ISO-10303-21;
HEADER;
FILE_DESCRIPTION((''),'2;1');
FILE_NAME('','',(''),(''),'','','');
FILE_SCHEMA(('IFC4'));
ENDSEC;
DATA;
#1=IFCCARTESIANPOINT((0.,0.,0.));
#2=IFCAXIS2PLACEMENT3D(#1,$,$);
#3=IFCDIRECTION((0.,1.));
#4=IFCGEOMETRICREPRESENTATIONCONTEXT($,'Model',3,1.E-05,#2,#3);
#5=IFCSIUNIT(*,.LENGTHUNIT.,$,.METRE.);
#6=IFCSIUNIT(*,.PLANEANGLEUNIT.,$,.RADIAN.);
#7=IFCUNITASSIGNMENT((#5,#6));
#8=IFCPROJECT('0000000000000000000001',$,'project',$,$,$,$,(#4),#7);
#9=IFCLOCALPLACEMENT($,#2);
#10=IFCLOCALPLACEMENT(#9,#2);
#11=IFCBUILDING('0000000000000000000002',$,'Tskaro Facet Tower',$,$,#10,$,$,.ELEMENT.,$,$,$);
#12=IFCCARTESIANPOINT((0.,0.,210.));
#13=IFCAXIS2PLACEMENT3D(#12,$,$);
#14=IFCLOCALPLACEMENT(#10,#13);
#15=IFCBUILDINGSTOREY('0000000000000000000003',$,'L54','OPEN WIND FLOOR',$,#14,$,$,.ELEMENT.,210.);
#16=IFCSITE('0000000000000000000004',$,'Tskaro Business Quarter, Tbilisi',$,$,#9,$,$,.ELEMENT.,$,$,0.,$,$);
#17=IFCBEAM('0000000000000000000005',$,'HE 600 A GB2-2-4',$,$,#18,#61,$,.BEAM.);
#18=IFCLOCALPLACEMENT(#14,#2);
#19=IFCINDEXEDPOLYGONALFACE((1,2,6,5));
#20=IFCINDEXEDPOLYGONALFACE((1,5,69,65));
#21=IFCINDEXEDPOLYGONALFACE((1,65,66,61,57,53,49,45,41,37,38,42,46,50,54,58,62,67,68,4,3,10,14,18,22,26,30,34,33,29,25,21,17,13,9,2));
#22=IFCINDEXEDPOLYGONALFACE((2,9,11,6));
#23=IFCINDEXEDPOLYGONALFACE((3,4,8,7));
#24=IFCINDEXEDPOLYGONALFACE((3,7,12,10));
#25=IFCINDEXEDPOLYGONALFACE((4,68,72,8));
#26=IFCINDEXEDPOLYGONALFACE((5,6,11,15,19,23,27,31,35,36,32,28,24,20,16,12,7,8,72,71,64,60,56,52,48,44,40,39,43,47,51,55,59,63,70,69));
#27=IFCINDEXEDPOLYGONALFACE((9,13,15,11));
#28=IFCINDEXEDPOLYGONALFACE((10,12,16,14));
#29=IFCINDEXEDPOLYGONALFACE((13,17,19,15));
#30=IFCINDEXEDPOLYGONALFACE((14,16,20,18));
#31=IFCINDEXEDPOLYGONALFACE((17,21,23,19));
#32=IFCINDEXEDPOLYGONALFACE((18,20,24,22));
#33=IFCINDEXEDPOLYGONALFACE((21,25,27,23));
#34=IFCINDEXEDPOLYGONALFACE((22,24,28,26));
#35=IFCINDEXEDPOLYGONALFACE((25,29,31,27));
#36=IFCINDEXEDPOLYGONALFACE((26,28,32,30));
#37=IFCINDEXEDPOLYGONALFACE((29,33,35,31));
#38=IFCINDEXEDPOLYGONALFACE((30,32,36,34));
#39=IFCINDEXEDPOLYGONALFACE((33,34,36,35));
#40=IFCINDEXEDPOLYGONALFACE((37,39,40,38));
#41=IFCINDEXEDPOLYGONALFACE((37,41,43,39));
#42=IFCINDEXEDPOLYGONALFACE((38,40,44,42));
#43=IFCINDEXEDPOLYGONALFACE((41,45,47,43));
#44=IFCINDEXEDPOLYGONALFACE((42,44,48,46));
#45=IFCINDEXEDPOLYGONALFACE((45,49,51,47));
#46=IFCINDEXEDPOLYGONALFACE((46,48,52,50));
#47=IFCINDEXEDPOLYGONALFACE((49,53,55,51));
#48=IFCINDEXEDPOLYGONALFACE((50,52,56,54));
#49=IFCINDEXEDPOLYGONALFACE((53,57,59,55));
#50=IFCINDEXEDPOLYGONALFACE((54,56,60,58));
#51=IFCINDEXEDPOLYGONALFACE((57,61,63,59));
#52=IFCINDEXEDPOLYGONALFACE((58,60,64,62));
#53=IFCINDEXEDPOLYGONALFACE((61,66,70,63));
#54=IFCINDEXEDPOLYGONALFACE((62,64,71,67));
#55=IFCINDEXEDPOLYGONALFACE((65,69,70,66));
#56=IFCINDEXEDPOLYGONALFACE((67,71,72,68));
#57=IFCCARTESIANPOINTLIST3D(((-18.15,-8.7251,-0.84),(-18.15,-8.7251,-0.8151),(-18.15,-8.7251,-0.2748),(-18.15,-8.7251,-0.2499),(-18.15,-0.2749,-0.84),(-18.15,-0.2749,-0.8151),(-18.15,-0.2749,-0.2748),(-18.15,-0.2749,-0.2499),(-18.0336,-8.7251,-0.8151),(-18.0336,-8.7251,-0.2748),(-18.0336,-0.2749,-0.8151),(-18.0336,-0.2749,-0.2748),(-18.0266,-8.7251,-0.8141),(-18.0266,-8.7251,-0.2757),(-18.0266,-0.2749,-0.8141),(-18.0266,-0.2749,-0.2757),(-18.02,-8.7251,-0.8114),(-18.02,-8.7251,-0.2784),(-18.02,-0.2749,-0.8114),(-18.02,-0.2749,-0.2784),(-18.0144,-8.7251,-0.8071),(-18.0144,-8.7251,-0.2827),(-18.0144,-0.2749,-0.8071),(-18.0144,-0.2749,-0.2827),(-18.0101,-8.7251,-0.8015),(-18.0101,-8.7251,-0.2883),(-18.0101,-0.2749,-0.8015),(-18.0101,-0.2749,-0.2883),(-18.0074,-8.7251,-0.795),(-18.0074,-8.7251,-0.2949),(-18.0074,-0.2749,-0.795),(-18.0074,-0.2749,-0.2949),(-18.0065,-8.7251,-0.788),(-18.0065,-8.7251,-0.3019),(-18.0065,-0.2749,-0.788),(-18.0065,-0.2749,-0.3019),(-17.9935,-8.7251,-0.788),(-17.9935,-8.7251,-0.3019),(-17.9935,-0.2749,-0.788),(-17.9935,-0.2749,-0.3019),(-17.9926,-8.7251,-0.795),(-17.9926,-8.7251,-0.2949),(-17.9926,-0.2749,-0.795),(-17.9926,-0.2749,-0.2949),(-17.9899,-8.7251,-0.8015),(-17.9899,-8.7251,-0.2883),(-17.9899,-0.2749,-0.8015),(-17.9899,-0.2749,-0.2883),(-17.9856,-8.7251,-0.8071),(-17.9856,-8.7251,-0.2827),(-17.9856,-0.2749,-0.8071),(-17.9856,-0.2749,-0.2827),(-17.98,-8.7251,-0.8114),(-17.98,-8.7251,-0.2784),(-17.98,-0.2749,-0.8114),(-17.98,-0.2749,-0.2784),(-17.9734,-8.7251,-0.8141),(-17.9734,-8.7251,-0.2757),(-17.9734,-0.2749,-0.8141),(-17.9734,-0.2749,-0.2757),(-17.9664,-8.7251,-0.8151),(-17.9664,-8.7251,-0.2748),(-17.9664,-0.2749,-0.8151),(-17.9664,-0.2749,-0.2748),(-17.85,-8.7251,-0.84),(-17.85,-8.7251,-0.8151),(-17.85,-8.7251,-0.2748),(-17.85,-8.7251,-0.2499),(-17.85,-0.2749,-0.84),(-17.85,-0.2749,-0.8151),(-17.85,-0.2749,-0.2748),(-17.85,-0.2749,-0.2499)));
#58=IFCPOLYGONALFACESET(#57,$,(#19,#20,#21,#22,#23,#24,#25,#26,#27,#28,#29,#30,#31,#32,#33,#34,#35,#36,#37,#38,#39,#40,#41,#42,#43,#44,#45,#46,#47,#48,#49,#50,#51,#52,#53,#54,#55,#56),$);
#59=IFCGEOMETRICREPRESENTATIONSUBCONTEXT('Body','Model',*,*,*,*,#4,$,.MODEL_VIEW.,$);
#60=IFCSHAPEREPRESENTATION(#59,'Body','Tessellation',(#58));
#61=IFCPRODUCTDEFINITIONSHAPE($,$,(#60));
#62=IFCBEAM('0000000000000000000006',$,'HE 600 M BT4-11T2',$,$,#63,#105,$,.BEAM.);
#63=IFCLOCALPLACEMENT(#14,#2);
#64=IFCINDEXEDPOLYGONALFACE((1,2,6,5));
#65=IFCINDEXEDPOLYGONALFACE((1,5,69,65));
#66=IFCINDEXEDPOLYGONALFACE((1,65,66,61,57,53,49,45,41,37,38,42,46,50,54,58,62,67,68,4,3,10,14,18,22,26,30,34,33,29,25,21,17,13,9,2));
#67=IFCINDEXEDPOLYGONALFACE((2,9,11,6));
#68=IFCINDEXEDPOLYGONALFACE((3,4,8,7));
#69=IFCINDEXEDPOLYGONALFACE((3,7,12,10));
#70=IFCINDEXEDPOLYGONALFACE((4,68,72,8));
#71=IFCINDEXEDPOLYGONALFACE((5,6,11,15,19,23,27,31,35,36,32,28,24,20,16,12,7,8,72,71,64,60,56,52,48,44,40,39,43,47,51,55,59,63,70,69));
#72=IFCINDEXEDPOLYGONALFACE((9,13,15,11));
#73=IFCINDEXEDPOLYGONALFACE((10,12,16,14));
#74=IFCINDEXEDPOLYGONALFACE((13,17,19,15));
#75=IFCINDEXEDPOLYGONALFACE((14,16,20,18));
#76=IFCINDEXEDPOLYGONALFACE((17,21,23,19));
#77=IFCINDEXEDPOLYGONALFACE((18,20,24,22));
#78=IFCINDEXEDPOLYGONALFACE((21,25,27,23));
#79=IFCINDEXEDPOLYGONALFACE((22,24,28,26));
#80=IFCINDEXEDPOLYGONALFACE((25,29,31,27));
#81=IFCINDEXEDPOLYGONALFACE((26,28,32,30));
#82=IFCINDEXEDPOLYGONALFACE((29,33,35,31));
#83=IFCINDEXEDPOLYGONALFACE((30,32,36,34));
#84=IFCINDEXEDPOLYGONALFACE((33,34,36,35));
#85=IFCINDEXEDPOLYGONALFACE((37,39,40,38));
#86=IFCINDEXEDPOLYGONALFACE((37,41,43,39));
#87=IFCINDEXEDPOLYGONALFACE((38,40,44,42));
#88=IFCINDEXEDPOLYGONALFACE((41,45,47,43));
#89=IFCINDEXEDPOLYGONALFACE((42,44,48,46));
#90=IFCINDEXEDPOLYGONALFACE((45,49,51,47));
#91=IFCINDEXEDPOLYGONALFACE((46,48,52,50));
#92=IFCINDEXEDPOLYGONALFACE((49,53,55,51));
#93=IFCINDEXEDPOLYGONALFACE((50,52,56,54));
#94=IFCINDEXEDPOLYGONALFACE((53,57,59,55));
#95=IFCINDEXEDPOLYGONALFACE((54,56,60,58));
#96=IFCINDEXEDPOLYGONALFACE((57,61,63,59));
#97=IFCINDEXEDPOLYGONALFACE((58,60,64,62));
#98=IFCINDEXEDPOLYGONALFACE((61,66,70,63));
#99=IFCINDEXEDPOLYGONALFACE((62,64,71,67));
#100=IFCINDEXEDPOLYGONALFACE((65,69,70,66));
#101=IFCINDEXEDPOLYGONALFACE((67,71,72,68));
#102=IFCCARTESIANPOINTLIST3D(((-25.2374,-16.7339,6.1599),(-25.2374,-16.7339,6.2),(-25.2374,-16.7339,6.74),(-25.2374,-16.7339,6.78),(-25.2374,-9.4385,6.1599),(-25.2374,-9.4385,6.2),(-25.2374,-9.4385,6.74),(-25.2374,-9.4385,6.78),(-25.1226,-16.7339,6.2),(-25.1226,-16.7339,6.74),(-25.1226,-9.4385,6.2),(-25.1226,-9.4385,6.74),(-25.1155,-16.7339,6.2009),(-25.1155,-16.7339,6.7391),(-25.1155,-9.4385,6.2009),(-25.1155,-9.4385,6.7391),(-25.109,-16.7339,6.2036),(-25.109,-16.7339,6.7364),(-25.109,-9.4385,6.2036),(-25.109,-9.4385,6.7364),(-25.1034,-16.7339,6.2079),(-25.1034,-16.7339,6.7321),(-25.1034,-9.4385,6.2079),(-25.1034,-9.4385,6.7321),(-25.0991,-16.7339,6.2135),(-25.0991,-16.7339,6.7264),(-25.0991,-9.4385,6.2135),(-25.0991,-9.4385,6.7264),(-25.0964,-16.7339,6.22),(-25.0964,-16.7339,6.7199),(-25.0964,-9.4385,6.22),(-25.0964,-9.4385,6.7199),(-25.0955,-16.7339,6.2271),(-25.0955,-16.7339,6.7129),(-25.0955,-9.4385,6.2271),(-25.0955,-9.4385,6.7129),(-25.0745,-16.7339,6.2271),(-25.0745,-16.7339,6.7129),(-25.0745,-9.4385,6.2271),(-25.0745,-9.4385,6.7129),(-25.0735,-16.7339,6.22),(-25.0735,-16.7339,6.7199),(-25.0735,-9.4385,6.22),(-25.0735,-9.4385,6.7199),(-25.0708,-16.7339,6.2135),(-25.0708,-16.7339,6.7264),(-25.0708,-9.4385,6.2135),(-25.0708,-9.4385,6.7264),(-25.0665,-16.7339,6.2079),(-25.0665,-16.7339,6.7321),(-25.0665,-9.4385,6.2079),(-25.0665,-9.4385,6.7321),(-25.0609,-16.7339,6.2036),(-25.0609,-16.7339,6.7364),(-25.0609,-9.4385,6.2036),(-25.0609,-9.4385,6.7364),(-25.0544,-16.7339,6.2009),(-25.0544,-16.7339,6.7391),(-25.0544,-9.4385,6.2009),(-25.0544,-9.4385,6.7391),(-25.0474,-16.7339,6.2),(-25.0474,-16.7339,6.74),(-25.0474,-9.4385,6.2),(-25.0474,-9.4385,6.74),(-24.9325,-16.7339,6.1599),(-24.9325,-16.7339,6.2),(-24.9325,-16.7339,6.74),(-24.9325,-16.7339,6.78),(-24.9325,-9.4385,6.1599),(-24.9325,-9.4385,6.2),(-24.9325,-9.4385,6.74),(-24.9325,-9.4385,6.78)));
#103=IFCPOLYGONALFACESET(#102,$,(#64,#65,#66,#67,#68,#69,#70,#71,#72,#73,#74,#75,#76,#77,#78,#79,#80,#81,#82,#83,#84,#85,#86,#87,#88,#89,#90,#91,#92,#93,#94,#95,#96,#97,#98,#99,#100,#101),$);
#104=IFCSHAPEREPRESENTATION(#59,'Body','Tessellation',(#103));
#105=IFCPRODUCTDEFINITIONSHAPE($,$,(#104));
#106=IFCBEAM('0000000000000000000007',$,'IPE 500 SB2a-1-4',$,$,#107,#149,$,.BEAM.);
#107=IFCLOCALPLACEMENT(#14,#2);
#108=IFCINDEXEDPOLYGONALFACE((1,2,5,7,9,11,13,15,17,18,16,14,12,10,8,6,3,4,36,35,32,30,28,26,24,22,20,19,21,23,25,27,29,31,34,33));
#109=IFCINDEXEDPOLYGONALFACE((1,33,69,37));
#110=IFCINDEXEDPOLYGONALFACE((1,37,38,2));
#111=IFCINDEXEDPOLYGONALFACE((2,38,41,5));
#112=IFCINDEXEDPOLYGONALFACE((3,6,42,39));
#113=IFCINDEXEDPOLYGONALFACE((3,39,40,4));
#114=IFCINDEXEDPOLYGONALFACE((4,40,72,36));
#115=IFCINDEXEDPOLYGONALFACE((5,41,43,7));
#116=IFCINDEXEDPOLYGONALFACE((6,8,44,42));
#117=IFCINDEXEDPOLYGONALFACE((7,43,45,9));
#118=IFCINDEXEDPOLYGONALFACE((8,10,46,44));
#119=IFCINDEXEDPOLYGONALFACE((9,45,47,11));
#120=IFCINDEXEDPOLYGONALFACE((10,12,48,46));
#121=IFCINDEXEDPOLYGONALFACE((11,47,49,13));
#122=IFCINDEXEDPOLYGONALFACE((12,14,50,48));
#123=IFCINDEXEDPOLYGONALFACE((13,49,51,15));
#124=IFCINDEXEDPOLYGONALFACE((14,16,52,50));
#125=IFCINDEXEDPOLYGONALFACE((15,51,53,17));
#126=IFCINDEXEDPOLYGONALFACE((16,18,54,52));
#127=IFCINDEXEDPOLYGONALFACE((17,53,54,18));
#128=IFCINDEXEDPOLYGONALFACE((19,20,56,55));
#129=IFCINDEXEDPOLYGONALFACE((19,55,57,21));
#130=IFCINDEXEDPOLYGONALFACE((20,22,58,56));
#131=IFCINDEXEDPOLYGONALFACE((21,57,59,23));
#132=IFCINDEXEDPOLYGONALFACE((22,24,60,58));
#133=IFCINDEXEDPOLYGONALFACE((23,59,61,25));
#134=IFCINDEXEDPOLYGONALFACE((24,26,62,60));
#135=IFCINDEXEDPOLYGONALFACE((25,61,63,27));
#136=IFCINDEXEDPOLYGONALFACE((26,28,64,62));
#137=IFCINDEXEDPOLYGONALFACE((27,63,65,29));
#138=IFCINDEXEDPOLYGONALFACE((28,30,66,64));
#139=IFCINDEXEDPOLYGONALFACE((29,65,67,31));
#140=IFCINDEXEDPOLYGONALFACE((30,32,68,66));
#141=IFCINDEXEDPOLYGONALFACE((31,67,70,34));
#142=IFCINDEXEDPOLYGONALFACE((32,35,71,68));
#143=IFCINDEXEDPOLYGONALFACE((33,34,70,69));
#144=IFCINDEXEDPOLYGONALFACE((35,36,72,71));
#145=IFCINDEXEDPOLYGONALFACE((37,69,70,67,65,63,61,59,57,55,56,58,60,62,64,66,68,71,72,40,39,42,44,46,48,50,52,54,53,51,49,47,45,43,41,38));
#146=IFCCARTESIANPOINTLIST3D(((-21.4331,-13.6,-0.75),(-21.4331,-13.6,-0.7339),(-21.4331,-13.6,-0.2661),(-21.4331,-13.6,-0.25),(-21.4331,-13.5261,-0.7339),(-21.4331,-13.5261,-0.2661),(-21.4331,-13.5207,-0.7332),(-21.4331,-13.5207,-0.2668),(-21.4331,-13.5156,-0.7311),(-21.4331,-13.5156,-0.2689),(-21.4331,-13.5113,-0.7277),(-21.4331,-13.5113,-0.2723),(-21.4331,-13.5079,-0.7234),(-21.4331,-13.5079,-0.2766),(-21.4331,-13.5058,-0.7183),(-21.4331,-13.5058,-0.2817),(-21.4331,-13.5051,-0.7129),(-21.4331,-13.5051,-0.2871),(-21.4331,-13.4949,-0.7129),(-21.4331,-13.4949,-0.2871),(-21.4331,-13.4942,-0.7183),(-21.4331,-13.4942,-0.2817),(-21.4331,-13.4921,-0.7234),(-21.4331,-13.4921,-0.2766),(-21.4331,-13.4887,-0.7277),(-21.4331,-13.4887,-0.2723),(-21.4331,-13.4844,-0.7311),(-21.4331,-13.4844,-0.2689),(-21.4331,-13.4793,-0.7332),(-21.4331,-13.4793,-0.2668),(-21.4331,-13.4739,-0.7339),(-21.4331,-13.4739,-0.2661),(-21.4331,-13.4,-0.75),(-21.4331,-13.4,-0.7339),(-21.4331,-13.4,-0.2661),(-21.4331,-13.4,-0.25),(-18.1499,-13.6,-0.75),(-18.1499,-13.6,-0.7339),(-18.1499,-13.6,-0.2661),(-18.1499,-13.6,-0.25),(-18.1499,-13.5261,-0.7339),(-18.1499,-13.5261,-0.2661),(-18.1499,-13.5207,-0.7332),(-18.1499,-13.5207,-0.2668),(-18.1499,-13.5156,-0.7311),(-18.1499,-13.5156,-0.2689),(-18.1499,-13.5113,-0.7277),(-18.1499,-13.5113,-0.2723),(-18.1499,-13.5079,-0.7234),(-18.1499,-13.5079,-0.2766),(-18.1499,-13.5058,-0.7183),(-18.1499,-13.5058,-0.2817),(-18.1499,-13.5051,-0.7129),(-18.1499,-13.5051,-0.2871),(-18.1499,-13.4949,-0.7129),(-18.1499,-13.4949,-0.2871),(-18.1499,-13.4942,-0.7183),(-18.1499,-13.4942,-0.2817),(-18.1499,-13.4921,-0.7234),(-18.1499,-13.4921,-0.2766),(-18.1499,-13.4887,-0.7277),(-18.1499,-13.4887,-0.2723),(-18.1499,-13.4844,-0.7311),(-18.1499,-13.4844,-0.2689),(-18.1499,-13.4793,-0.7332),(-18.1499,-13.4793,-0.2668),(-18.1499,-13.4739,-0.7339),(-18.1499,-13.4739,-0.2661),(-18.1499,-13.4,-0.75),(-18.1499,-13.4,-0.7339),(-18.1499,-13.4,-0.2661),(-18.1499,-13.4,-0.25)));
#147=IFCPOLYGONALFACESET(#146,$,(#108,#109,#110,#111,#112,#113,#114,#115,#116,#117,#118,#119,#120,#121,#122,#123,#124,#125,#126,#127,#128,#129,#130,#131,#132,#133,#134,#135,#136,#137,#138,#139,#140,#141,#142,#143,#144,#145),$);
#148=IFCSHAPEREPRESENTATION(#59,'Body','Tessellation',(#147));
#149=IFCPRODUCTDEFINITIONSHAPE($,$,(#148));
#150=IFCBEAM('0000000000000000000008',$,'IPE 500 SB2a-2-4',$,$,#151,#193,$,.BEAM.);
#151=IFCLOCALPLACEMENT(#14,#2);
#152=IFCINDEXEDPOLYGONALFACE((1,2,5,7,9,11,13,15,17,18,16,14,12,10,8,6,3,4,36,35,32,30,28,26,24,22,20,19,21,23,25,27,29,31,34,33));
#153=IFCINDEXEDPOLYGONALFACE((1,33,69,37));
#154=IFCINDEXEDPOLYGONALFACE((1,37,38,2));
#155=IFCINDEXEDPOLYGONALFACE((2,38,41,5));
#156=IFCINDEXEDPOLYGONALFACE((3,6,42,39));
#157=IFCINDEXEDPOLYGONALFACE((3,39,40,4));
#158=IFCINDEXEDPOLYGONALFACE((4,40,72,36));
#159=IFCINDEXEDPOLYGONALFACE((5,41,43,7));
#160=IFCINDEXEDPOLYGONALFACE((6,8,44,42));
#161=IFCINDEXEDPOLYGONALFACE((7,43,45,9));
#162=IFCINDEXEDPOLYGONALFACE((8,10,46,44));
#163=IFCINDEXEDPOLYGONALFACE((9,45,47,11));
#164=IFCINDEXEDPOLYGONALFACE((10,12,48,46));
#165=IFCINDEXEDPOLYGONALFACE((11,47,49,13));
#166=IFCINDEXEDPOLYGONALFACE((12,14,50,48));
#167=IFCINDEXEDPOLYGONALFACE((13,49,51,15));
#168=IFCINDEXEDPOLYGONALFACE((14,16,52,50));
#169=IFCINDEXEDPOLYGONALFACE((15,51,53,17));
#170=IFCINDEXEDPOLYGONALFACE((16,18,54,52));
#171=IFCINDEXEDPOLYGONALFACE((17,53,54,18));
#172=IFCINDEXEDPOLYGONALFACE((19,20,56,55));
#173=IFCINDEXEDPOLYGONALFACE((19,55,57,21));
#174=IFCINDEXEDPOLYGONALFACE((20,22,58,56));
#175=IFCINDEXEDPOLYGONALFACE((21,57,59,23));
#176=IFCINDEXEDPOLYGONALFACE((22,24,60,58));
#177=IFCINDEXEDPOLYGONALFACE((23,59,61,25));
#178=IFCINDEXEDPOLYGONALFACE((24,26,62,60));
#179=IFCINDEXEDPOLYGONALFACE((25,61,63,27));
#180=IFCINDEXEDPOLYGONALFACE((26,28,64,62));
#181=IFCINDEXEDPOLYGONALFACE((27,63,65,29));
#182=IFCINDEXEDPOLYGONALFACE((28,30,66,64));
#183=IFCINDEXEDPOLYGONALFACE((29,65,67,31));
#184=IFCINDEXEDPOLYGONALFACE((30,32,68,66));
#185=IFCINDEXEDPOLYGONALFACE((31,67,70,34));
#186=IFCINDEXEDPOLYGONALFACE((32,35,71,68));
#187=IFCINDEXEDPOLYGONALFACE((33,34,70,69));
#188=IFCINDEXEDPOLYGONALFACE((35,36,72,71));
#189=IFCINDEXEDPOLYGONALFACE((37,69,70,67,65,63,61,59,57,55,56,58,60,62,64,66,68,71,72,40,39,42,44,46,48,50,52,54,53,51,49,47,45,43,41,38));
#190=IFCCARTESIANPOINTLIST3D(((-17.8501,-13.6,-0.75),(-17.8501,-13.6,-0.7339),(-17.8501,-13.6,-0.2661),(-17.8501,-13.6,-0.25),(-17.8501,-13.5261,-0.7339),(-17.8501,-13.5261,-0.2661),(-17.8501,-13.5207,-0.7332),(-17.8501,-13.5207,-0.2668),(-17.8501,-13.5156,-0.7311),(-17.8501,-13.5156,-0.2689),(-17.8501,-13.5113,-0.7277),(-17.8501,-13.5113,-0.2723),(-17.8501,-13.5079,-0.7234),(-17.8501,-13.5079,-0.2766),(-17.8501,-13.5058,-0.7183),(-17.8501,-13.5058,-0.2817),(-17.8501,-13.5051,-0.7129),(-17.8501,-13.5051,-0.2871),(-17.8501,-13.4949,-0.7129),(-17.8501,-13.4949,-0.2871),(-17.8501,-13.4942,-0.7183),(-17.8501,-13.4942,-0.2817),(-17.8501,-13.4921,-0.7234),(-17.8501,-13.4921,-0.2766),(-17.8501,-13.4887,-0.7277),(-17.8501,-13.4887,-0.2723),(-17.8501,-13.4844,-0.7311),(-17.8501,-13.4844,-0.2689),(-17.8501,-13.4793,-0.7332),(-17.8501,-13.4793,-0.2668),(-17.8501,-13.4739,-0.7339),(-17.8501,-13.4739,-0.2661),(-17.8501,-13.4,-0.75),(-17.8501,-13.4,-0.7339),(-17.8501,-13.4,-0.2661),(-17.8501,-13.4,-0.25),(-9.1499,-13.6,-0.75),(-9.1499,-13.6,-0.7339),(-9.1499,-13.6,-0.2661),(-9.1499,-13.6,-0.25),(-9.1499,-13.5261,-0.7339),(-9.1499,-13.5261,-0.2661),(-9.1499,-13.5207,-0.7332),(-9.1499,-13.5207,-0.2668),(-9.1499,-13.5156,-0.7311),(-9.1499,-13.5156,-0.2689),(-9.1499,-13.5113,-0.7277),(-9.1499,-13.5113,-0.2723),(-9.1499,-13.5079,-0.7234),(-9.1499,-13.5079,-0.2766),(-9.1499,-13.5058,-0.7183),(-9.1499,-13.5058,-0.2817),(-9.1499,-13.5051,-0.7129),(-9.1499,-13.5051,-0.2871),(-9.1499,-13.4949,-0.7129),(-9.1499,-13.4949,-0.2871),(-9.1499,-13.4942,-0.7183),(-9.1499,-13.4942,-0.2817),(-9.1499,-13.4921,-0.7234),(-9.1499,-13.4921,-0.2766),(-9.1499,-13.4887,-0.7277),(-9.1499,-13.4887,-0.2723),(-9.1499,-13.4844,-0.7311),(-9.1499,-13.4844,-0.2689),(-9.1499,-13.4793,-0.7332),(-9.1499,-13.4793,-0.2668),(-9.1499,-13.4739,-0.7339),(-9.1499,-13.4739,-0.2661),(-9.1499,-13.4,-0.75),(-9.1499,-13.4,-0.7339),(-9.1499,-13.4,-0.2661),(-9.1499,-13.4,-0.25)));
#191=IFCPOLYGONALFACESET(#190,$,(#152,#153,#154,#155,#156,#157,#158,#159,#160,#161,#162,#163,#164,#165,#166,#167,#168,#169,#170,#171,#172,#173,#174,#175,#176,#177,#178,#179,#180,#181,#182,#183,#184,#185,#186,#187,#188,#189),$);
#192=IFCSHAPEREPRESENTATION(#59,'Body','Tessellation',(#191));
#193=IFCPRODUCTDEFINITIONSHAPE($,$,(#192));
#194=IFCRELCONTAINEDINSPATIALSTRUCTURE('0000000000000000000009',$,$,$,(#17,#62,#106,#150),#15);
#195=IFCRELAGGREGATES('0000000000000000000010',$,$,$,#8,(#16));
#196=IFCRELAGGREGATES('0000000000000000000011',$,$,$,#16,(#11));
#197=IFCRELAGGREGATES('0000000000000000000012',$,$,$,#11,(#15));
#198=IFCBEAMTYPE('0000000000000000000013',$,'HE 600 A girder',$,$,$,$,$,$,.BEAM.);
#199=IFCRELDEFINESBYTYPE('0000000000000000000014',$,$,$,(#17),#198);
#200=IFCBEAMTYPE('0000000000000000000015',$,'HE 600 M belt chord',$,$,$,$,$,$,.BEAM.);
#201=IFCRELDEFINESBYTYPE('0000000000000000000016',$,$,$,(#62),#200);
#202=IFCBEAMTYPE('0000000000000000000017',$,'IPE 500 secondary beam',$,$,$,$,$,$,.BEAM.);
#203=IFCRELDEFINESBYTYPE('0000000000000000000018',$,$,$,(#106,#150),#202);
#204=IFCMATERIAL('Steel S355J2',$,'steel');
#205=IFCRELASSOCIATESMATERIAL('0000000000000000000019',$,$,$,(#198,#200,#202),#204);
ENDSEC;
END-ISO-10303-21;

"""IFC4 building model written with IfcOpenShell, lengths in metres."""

from ifc_helpers import new_model, si_unit, direction, frame, origin, origin_2d, place, context, subcontext, project, spatial, i_section, extrude, material, material_profile, profile_set, type_object, element, save


model = new_model("IFC4")

# Units and contexts
model_context = context("Model", 3, precision=1e-05, world=origin(), true_north=direction((0.0, 1.0)))
body_context = subcontext(model_context, "Body", "Model", "MODEL_VIEW")
ifc_project = project(units=[si_unit("LENGTHUNIT", "METRE"), si_unit("PLANEANGLEUNIT", "RADIAN")], contexts=[model_context])

# Site, building, storey
site_placement = place(None, origin())
site = spatial("IfcSite", under=ifc_project, at=site_placement, Name="Tskaro Business Quarter, Tbilisi", CompositionType="ELEMENT", RefElevation=0.0)
building_placement = place(site_placement, origin())
building = spatial("IfcBuilding", under=site, at=building_placement, Name="Tskaro Facet Tower", CompositionType="ELEMENT")
storey_placement = place(building_placement, frame((0.0, 0.0, 210.0)))
storey = spatial("IfcBuildingStorey", under=building, at=storey_placement, Name="L54", Description="OPEN WIND FLOOR", CompositionType="ELEMENT", Elevation=210.0)

# Shared definitions
ifc_material_1 = material(Name="Steel S355J2", Category="steel")

# Beams
ifc_material_profile_1 = material_profile(ifc_material_1, i_section(OverallWidth=0.3, OverallDepth=0.5901, WebThickness=0.0129, FlangeThickness=0.0249, FilletRadius=0.0271, at=origin_2d()), Name="HE 600 A")
ifc_profile_set_1 = profile_set([ifc_material_profile_1], Name="Steel S355J2")
beam_type_1 = type_object("IfcBeamType", Name="HE 600 A girder", PredefinedType="BEAM", material=ifc_profile_set_1)
beam_1_placement = place(storey_placement, frame((-18.0, -8.7251, -0.5449), z_axis=(0.0, 1.0, 0.0), x_axis=(-1.0, 0.0, 0.0)))
element("IfcBeam", 1, at=beam_1_placement, inside=storey, type_object=beam_type_1, Name="HE 600 A GB2-2-4", PredefinedType="BEAM", context=body_context, shape_type="SweptSolid", body=[
    extrude(i_section(OverallWidth=0.3, OverallDepth=0.5901, WebThickness=0.0129, FlangeThickness=0.0249, FilletRadius=0.0271, at=origin_2d()), origin(), (0.0, 0.0, 1.0), 8.4502),
])
ifc_material_profile_2 = material_profile(ifc_material_1, i_section(OverallWidth=0.3049, OverallDepth=0.6201, WebThickness=0.021, FlangeThickness=0.04, FilletRadius=0.0271, at=origin_2d()), Name="HE 600 M")
ifc_profile_set_2 = profile_set([ifc_material_profile_2], Name="Steel S355J2")
beam_type_2 = type_object("IfcBeamType", Name="HE 600 M belt chord", PredefinedType="BEAM", material=ifc_profile_set_2)
beam_2_placement = place(storey_placement, frame((-25.085, -9.4385, 6.47), z_axis=(0.0, -1.0, 0.0), x_axis=(1.0, 0.0, 0.0)))
element("IfcBeam", 2, at=beam_2_placement, inside=storey, type_object=beam_type_2, Name="HE 600 M BT4-11T2", PredefinedType="BEAM", context=body_context, shape_type="SweptSolid", body=[
    extrude(i_section(OverallWidth=0.3049, OverallDepth=0.6201, WebThickness=0.021, FlangeThickness=0.04, FilletRadius=0.0271, at=origin_2d()), origin(), (0.0, 0.0, 1.0), 7.2954),
])
ifc_material_profile_3 = material_profile(ifc_material_1, i_section(OverallWidth=0.2, OverallDepth=0.5, WebThickness=0.0103, FlangeThickness=0.0161, FilletRadius=0.021, at=origin_2d()), Name="IPE 500")
ifc_profile_set_3 = profile_set([ifc_material_profile_3], Name="Steel S355J2")
beam_type_3 = type_object("IfcBeamType", Name="IPE 500 secondary beam", PredefinedType="BEAM", material=ifc_profile_set_3)
beam_3_placement = place(storey_placement, frame((-21.4331, -13.5, -0.5), z_axis=(1.0, 0.0, 0.0), x_axis=(0.0, 1.0, 0.0)))
element("IfcBeam", 3, at=beam_3_placement, inside=storey, type_object=beam_type_3, Name="IPE 500 SB2a-1-4", PredefinedType="BEAM", context=body_context, shape_type="SweptSolid", body=[
    extrude(i_section(OverallWidth=0.2, OverallDepth=0.5, WebThickness=0.0103, FlangeThickness=0.0161, FilletRadius=0.021, at=origin_2d()), origin(), (0.0, 0.0, 1.0), 3.2832),
])
beam_4_placement = place(storey_placement, frame((-17.8501, -13.5, -0.5), z_axis=(1.0, 0.0, 0.0), x_axis=(0.0, 1.0, 0.0)))
element("IfcBeam", 4, at=beam_4_placement, inside=storey, type_object=beam_type_3, Name="IPE 500 SB2a-2-4", PredefinedType="BEAM", context=body_context, shape_type="SweptSolid", body=[
    extrude(i_section(OverallWidth=0.2, OverallDepth=0.5, WebThickness=0.0103, FlangeThickness=0.0161, FilletRadius=0.021, at=origin_2d()), origin(), (0.0, 0.0, 1.0), 8.7002),
])

save(model, "model.ifc")
